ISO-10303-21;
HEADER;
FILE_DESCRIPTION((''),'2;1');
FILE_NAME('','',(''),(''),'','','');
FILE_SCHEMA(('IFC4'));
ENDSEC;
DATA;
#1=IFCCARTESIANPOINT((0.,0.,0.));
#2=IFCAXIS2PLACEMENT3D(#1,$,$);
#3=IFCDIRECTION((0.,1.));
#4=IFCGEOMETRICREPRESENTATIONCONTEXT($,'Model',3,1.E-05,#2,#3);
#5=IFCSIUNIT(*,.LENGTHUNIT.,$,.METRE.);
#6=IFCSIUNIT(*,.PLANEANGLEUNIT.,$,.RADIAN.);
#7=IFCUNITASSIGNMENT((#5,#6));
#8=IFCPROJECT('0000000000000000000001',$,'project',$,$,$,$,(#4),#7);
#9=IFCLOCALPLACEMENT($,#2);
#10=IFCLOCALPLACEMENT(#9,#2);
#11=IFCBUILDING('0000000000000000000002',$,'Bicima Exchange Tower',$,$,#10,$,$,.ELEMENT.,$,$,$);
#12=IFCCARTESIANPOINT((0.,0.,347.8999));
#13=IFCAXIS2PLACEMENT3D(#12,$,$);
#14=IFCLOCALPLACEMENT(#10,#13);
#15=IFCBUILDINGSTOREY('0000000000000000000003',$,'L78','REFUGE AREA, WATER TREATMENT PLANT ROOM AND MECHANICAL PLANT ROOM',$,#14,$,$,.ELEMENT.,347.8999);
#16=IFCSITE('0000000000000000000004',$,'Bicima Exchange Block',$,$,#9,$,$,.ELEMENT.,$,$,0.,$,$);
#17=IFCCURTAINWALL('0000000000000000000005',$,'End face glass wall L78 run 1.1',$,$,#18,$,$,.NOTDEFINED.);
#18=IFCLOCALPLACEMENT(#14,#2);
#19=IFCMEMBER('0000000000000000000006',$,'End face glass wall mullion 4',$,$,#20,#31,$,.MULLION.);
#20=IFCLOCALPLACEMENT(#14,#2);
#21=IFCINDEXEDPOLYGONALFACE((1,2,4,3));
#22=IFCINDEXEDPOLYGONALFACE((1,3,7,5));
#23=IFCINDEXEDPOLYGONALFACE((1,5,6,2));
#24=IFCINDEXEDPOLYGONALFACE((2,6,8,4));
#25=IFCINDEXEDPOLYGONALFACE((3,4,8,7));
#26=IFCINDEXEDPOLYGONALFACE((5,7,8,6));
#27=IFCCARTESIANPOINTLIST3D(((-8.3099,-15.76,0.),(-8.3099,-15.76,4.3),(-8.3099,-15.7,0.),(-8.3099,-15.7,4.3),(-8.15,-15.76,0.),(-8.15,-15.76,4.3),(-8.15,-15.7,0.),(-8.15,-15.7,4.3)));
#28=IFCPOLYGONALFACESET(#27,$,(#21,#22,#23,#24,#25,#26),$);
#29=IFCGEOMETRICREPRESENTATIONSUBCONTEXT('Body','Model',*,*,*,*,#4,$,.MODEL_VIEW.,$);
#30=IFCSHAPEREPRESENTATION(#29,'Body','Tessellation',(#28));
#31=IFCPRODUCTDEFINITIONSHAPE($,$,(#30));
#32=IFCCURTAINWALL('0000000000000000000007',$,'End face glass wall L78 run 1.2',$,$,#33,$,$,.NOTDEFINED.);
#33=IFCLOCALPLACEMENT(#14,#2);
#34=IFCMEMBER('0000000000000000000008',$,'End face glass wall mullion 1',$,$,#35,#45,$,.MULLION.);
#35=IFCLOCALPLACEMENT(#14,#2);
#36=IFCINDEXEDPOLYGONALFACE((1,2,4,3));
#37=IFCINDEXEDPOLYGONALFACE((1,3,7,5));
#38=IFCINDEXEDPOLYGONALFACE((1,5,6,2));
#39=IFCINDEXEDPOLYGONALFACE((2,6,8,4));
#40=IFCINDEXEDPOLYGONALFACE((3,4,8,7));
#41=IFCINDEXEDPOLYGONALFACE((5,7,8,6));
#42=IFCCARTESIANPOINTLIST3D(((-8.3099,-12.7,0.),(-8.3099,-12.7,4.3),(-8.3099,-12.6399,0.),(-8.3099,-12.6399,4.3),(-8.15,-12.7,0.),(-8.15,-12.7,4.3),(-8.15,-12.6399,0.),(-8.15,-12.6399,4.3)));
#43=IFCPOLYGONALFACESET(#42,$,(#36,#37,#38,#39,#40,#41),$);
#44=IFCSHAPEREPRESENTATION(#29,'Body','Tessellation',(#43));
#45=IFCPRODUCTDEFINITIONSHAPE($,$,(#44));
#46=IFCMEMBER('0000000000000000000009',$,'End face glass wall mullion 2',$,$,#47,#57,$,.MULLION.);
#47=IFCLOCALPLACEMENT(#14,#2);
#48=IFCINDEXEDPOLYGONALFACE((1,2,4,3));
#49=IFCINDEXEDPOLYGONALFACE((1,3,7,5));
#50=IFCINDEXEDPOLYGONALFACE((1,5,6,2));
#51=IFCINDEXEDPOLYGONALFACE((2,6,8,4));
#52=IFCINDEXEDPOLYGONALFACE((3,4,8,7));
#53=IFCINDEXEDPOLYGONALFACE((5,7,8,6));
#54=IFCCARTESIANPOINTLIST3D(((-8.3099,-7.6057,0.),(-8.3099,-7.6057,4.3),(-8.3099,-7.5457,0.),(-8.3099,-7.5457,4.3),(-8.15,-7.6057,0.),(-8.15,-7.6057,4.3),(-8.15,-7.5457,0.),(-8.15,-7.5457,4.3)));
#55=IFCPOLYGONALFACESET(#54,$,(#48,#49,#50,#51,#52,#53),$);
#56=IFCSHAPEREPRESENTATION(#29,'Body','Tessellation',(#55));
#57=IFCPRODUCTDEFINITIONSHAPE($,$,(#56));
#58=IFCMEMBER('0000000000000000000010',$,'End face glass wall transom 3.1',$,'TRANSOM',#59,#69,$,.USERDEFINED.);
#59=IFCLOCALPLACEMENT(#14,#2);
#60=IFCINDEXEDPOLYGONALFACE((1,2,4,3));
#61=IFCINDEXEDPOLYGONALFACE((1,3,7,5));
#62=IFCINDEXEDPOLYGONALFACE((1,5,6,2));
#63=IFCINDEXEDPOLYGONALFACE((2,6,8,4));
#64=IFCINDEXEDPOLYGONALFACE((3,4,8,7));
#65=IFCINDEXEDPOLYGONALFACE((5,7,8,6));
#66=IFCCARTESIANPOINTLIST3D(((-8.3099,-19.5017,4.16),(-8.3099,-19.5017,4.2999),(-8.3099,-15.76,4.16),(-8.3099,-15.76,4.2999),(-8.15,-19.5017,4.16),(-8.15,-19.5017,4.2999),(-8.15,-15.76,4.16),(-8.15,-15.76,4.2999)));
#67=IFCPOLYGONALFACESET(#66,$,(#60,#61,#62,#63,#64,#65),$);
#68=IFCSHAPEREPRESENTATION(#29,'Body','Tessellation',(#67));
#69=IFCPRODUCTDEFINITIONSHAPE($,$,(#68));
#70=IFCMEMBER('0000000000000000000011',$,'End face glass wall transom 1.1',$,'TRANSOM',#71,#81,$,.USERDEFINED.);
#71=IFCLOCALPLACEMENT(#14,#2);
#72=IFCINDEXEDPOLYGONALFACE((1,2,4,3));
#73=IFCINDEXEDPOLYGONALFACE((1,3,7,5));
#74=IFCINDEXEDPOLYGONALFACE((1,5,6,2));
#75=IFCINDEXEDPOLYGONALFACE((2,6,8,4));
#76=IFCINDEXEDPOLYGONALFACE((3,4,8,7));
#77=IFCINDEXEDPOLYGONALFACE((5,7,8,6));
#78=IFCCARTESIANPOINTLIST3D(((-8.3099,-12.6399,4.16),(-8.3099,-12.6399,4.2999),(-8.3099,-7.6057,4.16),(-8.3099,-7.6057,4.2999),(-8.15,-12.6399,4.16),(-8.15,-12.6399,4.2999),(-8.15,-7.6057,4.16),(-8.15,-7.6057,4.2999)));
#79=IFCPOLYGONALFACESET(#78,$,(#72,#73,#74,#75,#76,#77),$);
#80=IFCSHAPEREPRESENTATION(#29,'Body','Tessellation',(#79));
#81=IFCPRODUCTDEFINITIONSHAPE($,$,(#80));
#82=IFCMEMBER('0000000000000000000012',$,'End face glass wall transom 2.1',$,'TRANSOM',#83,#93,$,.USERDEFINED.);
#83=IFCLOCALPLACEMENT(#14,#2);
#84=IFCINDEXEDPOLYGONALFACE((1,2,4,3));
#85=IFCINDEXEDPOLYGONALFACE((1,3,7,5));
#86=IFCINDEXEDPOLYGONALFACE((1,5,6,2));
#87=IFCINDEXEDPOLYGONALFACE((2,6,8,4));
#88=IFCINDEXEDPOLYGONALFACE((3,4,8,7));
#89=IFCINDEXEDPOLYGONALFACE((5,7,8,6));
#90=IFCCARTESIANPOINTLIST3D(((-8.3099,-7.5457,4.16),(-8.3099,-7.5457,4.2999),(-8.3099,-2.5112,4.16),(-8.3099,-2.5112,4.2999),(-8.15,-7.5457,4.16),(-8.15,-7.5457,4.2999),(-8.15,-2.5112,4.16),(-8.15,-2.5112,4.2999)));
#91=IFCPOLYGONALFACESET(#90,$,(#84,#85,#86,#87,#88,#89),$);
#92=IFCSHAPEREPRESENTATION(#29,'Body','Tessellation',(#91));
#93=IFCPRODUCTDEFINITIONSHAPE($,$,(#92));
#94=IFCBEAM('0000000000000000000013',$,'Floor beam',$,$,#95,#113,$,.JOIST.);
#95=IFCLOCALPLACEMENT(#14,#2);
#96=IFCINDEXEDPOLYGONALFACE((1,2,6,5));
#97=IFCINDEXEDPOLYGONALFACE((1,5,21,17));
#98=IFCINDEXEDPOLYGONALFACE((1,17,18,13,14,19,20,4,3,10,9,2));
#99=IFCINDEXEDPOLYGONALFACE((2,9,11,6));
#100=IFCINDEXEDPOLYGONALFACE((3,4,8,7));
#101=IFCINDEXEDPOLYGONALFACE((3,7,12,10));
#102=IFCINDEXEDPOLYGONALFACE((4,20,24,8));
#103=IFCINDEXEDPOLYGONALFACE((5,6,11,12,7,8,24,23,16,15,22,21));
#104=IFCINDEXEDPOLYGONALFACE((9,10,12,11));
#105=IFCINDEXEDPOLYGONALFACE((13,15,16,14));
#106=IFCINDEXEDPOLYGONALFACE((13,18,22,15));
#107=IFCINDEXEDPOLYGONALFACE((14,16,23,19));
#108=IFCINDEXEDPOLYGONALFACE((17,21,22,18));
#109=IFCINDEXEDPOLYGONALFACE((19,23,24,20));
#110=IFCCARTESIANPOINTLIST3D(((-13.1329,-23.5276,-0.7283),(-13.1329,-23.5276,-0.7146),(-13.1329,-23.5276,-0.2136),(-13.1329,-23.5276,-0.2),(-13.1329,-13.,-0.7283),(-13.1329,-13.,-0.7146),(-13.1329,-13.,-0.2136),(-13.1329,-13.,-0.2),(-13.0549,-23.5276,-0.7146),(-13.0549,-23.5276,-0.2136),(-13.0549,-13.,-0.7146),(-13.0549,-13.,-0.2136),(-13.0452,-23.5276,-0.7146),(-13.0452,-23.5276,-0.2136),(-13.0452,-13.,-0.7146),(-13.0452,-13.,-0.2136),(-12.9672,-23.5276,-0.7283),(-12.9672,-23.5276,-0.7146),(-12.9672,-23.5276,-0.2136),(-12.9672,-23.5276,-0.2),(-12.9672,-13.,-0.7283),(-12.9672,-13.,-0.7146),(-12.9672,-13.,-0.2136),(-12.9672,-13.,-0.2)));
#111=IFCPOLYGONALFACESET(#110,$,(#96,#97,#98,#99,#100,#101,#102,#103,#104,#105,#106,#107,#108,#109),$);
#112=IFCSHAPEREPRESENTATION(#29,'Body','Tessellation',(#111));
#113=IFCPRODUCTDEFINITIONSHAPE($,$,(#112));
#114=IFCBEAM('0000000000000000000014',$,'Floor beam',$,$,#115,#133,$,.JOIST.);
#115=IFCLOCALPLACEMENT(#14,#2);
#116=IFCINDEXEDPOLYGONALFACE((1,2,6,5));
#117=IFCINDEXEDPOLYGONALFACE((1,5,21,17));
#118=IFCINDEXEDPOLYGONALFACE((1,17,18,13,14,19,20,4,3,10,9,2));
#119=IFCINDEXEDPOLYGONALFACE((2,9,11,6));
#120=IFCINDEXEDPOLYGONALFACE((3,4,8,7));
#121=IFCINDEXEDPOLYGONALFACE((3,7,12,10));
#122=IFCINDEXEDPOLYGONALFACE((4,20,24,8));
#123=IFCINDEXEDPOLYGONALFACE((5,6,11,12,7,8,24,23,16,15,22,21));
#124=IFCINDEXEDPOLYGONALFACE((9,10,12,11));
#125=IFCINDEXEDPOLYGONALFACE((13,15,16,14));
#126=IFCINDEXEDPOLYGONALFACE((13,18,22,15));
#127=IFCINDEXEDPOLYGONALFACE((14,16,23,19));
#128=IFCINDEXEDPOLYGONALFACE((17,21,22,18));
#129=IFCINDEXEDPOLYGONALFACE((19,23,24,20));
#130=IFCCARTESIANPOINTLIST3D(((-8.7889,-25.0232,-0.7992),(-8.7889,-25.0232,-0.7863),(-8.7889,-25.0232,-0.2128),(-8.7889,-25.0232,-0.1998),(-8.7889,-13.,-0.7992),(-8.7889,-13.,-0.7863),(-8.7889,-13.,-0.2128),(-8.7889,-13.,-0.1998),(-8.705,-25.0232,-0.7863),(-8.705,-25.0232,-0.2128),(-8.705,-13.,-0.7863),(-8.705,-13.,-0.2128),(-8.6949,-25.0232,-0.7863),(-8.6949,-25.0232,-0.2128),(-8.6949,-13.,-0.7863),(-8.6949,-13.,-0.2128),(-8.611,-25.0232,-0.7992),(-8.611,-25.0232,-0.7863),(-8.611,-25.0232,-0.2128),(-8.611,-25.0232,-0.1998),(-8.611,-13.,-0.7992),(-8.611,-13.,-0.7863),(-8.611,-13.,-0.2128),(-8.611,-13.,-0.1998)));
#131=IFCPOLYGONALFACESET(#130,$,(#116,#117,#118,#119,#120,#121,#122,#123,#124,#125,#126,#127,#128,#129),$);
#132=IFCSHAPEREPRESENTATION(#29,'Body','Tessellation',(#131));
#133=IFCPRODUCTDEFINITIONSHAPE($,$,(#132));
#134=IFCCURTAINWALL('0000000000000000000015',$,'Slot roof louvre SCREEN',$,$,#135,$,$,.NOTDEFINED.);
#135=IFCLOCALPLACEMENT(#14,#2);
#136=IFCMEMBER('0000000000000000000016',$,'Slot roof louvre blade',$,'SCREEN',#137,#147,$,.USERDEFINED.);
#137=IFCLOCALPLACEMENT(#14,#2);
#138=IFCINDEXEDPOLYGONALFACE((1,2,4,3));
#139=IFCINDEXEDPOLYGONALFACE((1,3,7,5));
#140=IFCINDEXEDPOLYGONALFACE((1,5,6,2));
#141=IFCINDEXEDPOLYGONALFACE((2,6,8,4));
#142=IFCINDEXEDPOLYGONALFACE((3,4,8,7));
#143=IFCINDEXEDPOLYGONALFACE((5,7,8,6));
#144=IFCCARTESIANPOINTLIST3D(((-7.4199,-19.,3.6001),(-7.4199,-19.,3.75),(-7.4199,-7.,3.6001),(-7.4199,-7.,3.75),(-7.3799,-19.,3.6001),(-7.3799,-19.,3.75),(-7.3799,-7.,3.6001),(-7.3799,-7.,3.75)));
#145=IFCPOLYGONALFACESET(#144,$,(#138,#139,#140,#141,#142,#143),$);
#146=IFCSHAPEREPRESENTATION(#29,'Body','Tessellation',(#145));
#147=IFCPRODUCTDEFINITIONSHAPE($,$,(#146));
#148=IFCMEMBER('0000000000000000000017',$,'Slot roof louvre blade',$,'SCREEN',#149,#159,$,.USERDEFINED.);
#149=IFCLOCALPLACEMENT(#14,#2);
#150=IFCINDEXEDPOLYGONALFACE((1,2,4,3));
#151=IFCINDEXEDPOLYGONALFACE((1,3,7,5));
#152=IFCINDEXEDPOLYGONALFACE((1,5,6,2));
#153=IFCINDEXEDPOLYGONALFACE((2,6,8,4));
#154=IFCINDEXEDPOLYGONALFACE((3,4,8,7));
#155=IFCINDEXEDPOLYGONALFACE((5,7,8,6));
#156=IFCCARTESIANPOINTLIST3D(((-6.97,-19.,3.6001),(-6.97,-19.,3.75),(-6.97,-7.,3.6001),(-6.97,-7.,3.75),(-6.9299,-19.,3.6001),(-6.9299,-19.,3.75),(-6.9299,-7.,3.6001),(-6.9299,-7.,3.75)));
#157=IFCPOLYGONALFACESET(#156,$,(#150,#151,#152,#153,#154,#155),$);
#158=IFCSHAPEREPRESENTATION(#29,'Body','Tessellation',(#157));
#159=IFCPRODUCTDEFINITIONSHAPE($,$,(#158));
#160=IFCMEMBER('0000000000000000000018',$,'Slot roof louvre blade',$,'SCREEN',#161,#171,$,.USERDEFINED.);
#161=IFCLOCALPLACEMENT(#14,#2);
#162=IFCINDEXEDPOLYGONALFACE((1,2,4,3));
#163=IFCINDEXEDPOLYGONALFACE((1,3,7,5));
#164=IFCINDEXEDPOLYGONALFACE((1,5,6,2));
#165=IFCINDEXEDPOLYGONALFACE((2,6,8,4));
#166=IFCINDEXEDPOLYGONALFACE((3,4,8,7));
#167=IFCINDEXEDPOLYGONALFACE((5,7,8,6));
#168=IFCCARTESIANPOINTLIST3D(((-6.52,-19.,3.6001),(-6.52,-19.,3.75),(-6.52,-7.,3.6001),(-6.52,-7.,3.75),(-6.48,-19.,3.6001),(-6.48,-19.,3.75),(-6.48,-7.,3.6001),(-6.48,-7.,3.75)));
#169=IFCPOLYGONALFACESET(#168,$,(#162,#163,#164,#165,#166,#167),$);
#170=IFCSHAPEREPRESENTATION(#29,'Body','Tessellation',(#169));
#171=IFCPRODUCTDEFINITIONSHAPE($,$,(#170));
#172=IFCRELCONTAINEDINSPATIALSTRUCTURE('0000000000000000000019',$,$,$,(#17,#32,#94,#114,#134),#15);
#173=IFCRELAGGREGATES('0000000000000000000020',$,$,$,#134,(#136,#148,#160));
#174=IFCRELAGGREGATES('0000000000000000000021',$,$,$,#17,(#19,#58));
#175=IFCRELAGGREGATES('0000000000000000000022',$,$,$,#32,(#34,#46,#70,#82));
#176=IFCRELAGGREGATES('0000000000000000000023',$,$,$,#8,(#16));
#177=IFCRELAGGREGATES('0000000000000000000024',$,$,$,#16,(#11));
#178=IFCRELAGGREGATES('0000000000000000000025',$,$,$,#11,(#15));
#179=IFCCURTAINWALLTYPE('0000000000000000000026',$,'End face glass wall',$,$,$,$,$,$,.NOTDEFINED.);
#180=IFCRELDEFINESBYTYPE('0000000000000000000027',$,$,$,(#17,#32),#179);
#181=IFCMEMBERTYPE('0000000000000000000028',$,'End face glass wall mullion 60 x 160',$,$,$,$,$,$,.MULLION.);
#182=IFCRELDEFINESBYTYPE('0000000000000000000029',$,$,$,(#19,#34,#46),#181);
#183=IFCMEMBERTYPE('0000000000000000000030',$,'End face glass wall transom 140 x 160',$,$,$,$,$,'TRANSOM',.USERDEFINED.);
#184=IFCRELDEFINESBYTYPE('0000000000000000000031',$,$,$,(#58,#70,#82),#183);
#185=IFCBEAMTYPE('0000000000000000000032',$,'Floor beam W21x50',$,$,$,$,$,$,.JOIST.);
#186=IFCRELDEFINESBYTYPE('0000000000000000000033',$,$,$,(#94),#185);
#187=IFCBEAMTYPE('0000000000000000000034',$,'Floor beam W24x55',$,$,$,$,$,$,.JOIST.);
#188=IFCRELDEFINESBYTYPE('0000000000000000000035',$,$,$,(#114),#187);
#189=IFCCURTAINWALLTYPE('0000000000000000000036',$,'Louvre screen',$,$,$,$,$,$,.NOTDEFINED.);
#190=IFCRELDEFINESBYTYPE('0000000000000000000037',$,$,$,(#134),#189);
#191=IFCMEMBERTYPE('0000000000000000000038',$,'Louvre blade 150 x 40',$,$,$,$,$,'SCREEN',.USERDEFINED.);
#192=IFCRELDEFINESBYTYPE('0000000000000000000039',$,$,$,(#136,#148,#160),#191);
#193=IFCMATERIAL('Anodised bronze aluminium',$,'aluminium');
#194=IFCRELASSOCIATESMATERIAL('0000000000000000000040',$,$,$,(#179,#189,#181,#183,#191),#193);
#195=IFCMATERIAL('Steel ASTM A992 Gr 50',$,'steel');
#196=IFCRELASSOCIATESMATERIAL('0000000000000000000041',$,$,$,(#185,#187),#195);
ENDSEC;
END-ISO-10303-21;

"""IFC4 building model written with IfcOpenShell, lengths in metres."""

from ifc_helpers import new_model, si_unit, direction, frame, origin, origin_2d, place, context, subcontext, project, spatial, rectangle, i_section, extrude, material, material_profile, profile_set, type_object, element, aggregate, save


model = new_model("IFC4")

# Units and contexts
model_context = context("Model", 3, precision=1e-05, world=origin(), true_north=direction((0.0, 1.0)))
body_context = subcontext(model_context, "Body", "Model", "MODEL_VIEW")
ifc_project = project(units=[si_unit("LENGTHUNIT", "METRE"), si_unit("PLANEANGLEUNIT", "RADIAN")], contexts=[model_context])

# Site, building, storey
site_placement = place(None, origin())
site = spatial("IfcSite", under=ifc_project, at=site_placement, Name="Bicima Exchange Block", CompositionType="ELEMENT", RefElevation=0.0)
building_placement = place(site_placement, origin())
building = spatial("IfcBuilding", under=site, at=building_placement, Name="Bicima Exchange Tower", CompositionType="ELEMENT")
storey_placement = place(building_placement, frame((0.0, 0.0, 347.8999)))
storey = spatial("IfcBuildingStorey", under=building, at=storey_placement, Name="L78", Description="REFUGE AREA, WATER TREATMENT PLANT ROOM AND MECHANICAL PLANT ROOM", CompositionType="ELEMENT", Elevation=347.8999)

# Curtain wall, member
ifc_material_1 = material(Name="Anodised bronze aluminium", Category="aluminium")
curtain_wall_type_1 = type_object("IfcCurtainWallType", Name="End face glass wall", PredefinedType="NOTDEFINED", material=ifc_material_1)
curtain_wall_1_placement = place(storey_placement, origin())
curtain_wall_1 = element("IfcCurtainWall", 1, at=curtain_wall_1_placement, inside=storey, type_object=curtain_wall_type_1, Name="End face glass wall L78 run 1.1", PredefinedType="NOTDEFINED")
ifc_material_profile_1 = material_profile(ifc_material_1, rectangle(XDim=0.1599, YDim=0.0601, at=origin_2d()))
ifc_profile_set_1 = profile_set([ifc_material_profile_1], Name="Anodised bronze aluminium")
member_type_1 = type_object("IfcMemberType", Name="End face glass wall mullion 60 x 160", PredefinedType="MULLION", material=ifc_profile_set_1)
member_1_placement = place(storey_placement, frame((-8.23, -15.73, 0.0), z_axis=(0.0, 0.0, 1.0), x_axis=(-1.0, 0.0, 0.0)))
member_1 = element("IfcMember", 2, at=member_1_placement, type_object=member_type_1, Name="End face glass wall mullion 4", PredefinedType="MULLION", context=body_context, shape_type="SweptSolid", body=[
    extrude(rectangle(XDim=0.1599, YDim=0.0601, at=origin_2d()), origin(), (0.0, 0.0, 1.0), 4.3),
])

# Curtain wall, members
curtain_wall_2_placement = place(storey_placement, origin())
curtain_wall_2 = element("IfcCurtainWall", 3, at=curtain_wall_2_placement, inside=storey, type_object=curtain_wall_type_1, Name="End face glass wall L78 run 1.2", PredefinedType="NOTDEFINED")
member_2_placement = place(storey_placement, frame((-8.23, -12.6699, 0.0), z_axis=(0.0, 0.0, 1.0), x_axis=(-1.0, 0.0, 0.0)))
member_2 = element("IfcMember", 4, at=member_2_placement, type_object=member_type_1, Name="End face glass wall mullion 1", PredefinedType="MULLION", context=body_context, shape_type="SweptSolid", body=[
    extrude(rectangle(XDim=0.1599, YDim=0.0601, at=origin_2d()), origin(), (0.0, 0.0, 1.0), 4.3),
])
member_3_placement = place(storey_placement, frame((-8.23, -7.5757, 0.0), z_axis=(0.0, 0.0, 1.0), x_axis=(-1.0, 0.0, 0.0)))
member_3 = element("IfcMember", 5, at=member_3_placement, type_object=member_type_1, Name="End face glass wall mullion 2", PredefinedType="MULLION", context=body_context, shape_type="SweptSolid", body=[
    extrude(rectangle(XDim=0.1599, YDim=0.0601, at=origin_2d()), origin(), (0.0, 0.0, 1.0), 4.3),
])

# Members
ifc_material_profile_2 = material_profile(ifc_material_1, rectangle(XDim=0.1599, YDim=0.1399, at=origin_2d()))
ifc_profile_set_2 = profile_set([ifc_material_profile_2], Name="Anodised bronze aluminium")
member_type_2 = type_object("IfcMemberType", Name="End face glass wall transom 140 x 160", ElementType="TRANSOM", PredefinedType="USERDEFINED", material=ifc_profile_set_2)
member_4_placement = place(storey_placement, frame((-8.23, -19.5017, 4.23), z_axis=(0.0, 1.0, 0.0), x_axis=(-1.0, 0.0, 0.0)))
member_4 = element("IfcMember", 6, at=member_4_placement, type_object=member_type_2, Name="End face glass wall transom 3.1", ObjectType="TRANSOM", PredefinedType="USERDEFINED", context=body_context, shape_type="SweptSolid", body=[
    extrude(rectangle(XDim=0.1599, YDim=0.1399, at=origin_2d()), origin(), (0.0, 0.0, 1.0), 3.7417),
])
member_5_placement = place(storey_placement, frame((-8.23, -12.6399, 4.23), z_axis=(0.0, 1.0, 0.0), x_axis=(-1.0, 0.0, 0.0)))
member_5 = element("IfcMember", 7, at=member_5_placement, type_object=member_type_2, Name="End face glass wall transom 1.1", ObjectType="TRANSOM", PredefinedType="USERDEFINED", context=body_context, shape_type="SweptSolid", body=[
    extrude(rectangle(XDim=0.1599, YDim=0.1399, at=origin_2d()), origin(), (0.0, 0.0, 1.0), 5.0342),
])
member_6_placement = place(storey_placement, frame((-8.23, -7.5457, 4.23), z_axis=(0.0, 1.0, 0.0), x_axis=(-1.0, 0.0, 0.0)))
member_6 = element("IfcMember", 8, at=member_6_placement, type_object=member_type_2, Name="End face glass wall transom 2.1", ObjectType="TRANSOM", PredefinedType="USERDEFINED", context=body_context, shape_type="SweptSolid", body=[
    extrude(rectangle(XDim=0.1599, YDim=0.1399, at=origin_2d()), origin(), (0.0, 0.0, 1.0), 5.0344),
])

# Beams
ifc_material_2 = material(Name="Steel ASTM A992 Gr 50", Category="steel")
ifc_material_profile_3 = material_profile(ifc_material_2, i_section(OverallWidth=0.1658, OverallDepth=0.5283, WebThickness=0.0098, FlangeThickness=0.0137, at=origin_2d()))
ifc_profile_set_3 = profile_set([ifc_material_profile_3], Name="Steel ASTM A992 Gr 50")
beam_type_1 = type_object("IfcBeamType", Name="Floor beam W21x50", PredefinedType="JOIST", material=ifc_profile_set_3)
beam_1_placement = place(storey_placement, frame((-13.05, -13.0, -0.4641), z_axis=(0.0, -1.0, 0.0), x_axis=(1.0, 0.0, 0.0)))
element("IfcBeam", 9, at=beam_1_placement, inside=storey, type_object=beam_type_1, Name="Floor beam", PredefinedType="JOIST", context=body_context, shape_type="SweptSolid", body=[
    extrude(i_section(OverallWidth=0.1658, OverallDepth=0.5283, WebThickness=0.0098, FlangeThickness=0.0137, at=origin_2d()), origin(), (0.0, 0.0, 1.0), 10.5276),
])
ifc_material_profile_4 = material_profile(ifc_material_2, i_section(OverallWidth=0.178, OverallDepth=0.5994, WebThickness=0.01, FlangeThickness=0.0129, at=origin_2d()))
ifc_profile_set_4 = profile_set([ifc_material_profile_4], Name="Steel ASTM A992 Gr 50")
beam_type_2 = type_object("IfcBeamType", Name="Floor beam W24x55", PredefinedType="JOIST", material=ifc_profile_set_4)
beam_2_placement = place(storey_placement, frame((-8.7, -13.0, -0.4995), z_axis=(0.0, -1.0, 0.0), x_axis=(1.0, 0.0, 0.0)))
element("IfcBeam", 10, at=beam_2_placement, inside=storey, type_object=beam_type_2, Name="Floor beam", PredefinedType="JOIST", context=body_context, shape_type="SweptSolid", body=[
    extrude(i_section(OverallWidth=0.178, OverallDepth=0.5994, WebThickness=0.01, FlangeThickness=0.0129, at=origin_2d()), origin(), (0.0, 0.0, 1.0), 12.0232),
])

# Curtain wall, members
curtain_wall_type_2 = type_object("IfcCurtainWallType", Name="Louvre screen", PredefinedType="NOTDEFINED", material=ifc_material_1)
curtain_wall_3_placement = place(storey_placement, origin())
curtain_wall_3 = element("IfcCurtainWall", 11, at=curtain_wall_3_placement, inside=storey, type_object=curtain_wall_type_2, Name="Slot roof louvre SCREEN", PredefinedType="NOTDEFINED")
ifc_material_profile_5 = material_profile(ifc_material_1, rectangle(XDim=0.04, YDim=0.1499, at=origin_2d()))
ifc_profile_set_5 = profile_set([ifc_material_profile_5], Name="Anodised bronze aluminium")
member_type_3 = type_object("IfcMemberType", Name="Louvre blade 150 x 40", ElementType="SCREEN", PredefinedType="USERDEFINED", material=ifc_profile_set_5)
member_7_placement = place(storey_placement, frame((-7.3999, -7.0, 3.675), z_axis=(0.0, -1.0, 0.0), x_axis=(1.0, 0.0, 0.0)))
member_7 = element("IfcMember", 12, at=member_7_placement, type_object=member_type_3, Name="Slot roof louvre blade", ObjectType="SCREEN", PredefinedType="USERDEFINED", context=body_context, shape_type="SweptSolid", body=[
    extrude(rectangle(XDim=0.04, YDim=0.1499, at=origin_2d()), origin(), (0.0, 0.0, 1.0), 12.0),
])
member_8_placement = place(storey_placement, frame((-6.95, -7.0, 3.675), z_axis=(0.0, -1.0, 0.0), x_axis=(1.0, 0.0, 0.0)))
member_8 = element("IfcMember", 13, at=member_8_placement, type_object=member_type_3, Name="Slot roof louvre blade", ObjectType="SCREEN", PredefinedType="USERDEFINED", context=body_context, shape_type="SweptSolid", body=[
    extrude(rectangle(XDim=0.04, YDim=0.1499, at=origin_2d()), origin(), (0.0, 0.0, 1.0), 12.0),
])
member_9_placement = place(storey_placement, frame((-6.5, -7.0, 3.675), z_axis=(0.0, -1.0, 0.0), x_axis=(1.0, 0.0, 0.0)))
member_9 = element("IfcMember", 14, at=member_9_placement, type_object=member_type_3, Name="Slot roof louvre blade", ObjectType="SCREEN", PredefinedType="USERDEFINED", context=body_context, shape_type="SweptSolid", body=[
    extrude(rectangle(XDim=0.04, YDim=0.1499, at=origin_2d()), origin(), (0.0, 0.0, 1.0), 12.0),
])
aggregate(curtain_wall_3, [member_7, member_8, member_9])

aggregate(curtain_wall_1, [member_1, member_4])
aggregate(curtain_wall_2, [member_2, member_3, member_5, member_6])

save(model, "model.ifc")
